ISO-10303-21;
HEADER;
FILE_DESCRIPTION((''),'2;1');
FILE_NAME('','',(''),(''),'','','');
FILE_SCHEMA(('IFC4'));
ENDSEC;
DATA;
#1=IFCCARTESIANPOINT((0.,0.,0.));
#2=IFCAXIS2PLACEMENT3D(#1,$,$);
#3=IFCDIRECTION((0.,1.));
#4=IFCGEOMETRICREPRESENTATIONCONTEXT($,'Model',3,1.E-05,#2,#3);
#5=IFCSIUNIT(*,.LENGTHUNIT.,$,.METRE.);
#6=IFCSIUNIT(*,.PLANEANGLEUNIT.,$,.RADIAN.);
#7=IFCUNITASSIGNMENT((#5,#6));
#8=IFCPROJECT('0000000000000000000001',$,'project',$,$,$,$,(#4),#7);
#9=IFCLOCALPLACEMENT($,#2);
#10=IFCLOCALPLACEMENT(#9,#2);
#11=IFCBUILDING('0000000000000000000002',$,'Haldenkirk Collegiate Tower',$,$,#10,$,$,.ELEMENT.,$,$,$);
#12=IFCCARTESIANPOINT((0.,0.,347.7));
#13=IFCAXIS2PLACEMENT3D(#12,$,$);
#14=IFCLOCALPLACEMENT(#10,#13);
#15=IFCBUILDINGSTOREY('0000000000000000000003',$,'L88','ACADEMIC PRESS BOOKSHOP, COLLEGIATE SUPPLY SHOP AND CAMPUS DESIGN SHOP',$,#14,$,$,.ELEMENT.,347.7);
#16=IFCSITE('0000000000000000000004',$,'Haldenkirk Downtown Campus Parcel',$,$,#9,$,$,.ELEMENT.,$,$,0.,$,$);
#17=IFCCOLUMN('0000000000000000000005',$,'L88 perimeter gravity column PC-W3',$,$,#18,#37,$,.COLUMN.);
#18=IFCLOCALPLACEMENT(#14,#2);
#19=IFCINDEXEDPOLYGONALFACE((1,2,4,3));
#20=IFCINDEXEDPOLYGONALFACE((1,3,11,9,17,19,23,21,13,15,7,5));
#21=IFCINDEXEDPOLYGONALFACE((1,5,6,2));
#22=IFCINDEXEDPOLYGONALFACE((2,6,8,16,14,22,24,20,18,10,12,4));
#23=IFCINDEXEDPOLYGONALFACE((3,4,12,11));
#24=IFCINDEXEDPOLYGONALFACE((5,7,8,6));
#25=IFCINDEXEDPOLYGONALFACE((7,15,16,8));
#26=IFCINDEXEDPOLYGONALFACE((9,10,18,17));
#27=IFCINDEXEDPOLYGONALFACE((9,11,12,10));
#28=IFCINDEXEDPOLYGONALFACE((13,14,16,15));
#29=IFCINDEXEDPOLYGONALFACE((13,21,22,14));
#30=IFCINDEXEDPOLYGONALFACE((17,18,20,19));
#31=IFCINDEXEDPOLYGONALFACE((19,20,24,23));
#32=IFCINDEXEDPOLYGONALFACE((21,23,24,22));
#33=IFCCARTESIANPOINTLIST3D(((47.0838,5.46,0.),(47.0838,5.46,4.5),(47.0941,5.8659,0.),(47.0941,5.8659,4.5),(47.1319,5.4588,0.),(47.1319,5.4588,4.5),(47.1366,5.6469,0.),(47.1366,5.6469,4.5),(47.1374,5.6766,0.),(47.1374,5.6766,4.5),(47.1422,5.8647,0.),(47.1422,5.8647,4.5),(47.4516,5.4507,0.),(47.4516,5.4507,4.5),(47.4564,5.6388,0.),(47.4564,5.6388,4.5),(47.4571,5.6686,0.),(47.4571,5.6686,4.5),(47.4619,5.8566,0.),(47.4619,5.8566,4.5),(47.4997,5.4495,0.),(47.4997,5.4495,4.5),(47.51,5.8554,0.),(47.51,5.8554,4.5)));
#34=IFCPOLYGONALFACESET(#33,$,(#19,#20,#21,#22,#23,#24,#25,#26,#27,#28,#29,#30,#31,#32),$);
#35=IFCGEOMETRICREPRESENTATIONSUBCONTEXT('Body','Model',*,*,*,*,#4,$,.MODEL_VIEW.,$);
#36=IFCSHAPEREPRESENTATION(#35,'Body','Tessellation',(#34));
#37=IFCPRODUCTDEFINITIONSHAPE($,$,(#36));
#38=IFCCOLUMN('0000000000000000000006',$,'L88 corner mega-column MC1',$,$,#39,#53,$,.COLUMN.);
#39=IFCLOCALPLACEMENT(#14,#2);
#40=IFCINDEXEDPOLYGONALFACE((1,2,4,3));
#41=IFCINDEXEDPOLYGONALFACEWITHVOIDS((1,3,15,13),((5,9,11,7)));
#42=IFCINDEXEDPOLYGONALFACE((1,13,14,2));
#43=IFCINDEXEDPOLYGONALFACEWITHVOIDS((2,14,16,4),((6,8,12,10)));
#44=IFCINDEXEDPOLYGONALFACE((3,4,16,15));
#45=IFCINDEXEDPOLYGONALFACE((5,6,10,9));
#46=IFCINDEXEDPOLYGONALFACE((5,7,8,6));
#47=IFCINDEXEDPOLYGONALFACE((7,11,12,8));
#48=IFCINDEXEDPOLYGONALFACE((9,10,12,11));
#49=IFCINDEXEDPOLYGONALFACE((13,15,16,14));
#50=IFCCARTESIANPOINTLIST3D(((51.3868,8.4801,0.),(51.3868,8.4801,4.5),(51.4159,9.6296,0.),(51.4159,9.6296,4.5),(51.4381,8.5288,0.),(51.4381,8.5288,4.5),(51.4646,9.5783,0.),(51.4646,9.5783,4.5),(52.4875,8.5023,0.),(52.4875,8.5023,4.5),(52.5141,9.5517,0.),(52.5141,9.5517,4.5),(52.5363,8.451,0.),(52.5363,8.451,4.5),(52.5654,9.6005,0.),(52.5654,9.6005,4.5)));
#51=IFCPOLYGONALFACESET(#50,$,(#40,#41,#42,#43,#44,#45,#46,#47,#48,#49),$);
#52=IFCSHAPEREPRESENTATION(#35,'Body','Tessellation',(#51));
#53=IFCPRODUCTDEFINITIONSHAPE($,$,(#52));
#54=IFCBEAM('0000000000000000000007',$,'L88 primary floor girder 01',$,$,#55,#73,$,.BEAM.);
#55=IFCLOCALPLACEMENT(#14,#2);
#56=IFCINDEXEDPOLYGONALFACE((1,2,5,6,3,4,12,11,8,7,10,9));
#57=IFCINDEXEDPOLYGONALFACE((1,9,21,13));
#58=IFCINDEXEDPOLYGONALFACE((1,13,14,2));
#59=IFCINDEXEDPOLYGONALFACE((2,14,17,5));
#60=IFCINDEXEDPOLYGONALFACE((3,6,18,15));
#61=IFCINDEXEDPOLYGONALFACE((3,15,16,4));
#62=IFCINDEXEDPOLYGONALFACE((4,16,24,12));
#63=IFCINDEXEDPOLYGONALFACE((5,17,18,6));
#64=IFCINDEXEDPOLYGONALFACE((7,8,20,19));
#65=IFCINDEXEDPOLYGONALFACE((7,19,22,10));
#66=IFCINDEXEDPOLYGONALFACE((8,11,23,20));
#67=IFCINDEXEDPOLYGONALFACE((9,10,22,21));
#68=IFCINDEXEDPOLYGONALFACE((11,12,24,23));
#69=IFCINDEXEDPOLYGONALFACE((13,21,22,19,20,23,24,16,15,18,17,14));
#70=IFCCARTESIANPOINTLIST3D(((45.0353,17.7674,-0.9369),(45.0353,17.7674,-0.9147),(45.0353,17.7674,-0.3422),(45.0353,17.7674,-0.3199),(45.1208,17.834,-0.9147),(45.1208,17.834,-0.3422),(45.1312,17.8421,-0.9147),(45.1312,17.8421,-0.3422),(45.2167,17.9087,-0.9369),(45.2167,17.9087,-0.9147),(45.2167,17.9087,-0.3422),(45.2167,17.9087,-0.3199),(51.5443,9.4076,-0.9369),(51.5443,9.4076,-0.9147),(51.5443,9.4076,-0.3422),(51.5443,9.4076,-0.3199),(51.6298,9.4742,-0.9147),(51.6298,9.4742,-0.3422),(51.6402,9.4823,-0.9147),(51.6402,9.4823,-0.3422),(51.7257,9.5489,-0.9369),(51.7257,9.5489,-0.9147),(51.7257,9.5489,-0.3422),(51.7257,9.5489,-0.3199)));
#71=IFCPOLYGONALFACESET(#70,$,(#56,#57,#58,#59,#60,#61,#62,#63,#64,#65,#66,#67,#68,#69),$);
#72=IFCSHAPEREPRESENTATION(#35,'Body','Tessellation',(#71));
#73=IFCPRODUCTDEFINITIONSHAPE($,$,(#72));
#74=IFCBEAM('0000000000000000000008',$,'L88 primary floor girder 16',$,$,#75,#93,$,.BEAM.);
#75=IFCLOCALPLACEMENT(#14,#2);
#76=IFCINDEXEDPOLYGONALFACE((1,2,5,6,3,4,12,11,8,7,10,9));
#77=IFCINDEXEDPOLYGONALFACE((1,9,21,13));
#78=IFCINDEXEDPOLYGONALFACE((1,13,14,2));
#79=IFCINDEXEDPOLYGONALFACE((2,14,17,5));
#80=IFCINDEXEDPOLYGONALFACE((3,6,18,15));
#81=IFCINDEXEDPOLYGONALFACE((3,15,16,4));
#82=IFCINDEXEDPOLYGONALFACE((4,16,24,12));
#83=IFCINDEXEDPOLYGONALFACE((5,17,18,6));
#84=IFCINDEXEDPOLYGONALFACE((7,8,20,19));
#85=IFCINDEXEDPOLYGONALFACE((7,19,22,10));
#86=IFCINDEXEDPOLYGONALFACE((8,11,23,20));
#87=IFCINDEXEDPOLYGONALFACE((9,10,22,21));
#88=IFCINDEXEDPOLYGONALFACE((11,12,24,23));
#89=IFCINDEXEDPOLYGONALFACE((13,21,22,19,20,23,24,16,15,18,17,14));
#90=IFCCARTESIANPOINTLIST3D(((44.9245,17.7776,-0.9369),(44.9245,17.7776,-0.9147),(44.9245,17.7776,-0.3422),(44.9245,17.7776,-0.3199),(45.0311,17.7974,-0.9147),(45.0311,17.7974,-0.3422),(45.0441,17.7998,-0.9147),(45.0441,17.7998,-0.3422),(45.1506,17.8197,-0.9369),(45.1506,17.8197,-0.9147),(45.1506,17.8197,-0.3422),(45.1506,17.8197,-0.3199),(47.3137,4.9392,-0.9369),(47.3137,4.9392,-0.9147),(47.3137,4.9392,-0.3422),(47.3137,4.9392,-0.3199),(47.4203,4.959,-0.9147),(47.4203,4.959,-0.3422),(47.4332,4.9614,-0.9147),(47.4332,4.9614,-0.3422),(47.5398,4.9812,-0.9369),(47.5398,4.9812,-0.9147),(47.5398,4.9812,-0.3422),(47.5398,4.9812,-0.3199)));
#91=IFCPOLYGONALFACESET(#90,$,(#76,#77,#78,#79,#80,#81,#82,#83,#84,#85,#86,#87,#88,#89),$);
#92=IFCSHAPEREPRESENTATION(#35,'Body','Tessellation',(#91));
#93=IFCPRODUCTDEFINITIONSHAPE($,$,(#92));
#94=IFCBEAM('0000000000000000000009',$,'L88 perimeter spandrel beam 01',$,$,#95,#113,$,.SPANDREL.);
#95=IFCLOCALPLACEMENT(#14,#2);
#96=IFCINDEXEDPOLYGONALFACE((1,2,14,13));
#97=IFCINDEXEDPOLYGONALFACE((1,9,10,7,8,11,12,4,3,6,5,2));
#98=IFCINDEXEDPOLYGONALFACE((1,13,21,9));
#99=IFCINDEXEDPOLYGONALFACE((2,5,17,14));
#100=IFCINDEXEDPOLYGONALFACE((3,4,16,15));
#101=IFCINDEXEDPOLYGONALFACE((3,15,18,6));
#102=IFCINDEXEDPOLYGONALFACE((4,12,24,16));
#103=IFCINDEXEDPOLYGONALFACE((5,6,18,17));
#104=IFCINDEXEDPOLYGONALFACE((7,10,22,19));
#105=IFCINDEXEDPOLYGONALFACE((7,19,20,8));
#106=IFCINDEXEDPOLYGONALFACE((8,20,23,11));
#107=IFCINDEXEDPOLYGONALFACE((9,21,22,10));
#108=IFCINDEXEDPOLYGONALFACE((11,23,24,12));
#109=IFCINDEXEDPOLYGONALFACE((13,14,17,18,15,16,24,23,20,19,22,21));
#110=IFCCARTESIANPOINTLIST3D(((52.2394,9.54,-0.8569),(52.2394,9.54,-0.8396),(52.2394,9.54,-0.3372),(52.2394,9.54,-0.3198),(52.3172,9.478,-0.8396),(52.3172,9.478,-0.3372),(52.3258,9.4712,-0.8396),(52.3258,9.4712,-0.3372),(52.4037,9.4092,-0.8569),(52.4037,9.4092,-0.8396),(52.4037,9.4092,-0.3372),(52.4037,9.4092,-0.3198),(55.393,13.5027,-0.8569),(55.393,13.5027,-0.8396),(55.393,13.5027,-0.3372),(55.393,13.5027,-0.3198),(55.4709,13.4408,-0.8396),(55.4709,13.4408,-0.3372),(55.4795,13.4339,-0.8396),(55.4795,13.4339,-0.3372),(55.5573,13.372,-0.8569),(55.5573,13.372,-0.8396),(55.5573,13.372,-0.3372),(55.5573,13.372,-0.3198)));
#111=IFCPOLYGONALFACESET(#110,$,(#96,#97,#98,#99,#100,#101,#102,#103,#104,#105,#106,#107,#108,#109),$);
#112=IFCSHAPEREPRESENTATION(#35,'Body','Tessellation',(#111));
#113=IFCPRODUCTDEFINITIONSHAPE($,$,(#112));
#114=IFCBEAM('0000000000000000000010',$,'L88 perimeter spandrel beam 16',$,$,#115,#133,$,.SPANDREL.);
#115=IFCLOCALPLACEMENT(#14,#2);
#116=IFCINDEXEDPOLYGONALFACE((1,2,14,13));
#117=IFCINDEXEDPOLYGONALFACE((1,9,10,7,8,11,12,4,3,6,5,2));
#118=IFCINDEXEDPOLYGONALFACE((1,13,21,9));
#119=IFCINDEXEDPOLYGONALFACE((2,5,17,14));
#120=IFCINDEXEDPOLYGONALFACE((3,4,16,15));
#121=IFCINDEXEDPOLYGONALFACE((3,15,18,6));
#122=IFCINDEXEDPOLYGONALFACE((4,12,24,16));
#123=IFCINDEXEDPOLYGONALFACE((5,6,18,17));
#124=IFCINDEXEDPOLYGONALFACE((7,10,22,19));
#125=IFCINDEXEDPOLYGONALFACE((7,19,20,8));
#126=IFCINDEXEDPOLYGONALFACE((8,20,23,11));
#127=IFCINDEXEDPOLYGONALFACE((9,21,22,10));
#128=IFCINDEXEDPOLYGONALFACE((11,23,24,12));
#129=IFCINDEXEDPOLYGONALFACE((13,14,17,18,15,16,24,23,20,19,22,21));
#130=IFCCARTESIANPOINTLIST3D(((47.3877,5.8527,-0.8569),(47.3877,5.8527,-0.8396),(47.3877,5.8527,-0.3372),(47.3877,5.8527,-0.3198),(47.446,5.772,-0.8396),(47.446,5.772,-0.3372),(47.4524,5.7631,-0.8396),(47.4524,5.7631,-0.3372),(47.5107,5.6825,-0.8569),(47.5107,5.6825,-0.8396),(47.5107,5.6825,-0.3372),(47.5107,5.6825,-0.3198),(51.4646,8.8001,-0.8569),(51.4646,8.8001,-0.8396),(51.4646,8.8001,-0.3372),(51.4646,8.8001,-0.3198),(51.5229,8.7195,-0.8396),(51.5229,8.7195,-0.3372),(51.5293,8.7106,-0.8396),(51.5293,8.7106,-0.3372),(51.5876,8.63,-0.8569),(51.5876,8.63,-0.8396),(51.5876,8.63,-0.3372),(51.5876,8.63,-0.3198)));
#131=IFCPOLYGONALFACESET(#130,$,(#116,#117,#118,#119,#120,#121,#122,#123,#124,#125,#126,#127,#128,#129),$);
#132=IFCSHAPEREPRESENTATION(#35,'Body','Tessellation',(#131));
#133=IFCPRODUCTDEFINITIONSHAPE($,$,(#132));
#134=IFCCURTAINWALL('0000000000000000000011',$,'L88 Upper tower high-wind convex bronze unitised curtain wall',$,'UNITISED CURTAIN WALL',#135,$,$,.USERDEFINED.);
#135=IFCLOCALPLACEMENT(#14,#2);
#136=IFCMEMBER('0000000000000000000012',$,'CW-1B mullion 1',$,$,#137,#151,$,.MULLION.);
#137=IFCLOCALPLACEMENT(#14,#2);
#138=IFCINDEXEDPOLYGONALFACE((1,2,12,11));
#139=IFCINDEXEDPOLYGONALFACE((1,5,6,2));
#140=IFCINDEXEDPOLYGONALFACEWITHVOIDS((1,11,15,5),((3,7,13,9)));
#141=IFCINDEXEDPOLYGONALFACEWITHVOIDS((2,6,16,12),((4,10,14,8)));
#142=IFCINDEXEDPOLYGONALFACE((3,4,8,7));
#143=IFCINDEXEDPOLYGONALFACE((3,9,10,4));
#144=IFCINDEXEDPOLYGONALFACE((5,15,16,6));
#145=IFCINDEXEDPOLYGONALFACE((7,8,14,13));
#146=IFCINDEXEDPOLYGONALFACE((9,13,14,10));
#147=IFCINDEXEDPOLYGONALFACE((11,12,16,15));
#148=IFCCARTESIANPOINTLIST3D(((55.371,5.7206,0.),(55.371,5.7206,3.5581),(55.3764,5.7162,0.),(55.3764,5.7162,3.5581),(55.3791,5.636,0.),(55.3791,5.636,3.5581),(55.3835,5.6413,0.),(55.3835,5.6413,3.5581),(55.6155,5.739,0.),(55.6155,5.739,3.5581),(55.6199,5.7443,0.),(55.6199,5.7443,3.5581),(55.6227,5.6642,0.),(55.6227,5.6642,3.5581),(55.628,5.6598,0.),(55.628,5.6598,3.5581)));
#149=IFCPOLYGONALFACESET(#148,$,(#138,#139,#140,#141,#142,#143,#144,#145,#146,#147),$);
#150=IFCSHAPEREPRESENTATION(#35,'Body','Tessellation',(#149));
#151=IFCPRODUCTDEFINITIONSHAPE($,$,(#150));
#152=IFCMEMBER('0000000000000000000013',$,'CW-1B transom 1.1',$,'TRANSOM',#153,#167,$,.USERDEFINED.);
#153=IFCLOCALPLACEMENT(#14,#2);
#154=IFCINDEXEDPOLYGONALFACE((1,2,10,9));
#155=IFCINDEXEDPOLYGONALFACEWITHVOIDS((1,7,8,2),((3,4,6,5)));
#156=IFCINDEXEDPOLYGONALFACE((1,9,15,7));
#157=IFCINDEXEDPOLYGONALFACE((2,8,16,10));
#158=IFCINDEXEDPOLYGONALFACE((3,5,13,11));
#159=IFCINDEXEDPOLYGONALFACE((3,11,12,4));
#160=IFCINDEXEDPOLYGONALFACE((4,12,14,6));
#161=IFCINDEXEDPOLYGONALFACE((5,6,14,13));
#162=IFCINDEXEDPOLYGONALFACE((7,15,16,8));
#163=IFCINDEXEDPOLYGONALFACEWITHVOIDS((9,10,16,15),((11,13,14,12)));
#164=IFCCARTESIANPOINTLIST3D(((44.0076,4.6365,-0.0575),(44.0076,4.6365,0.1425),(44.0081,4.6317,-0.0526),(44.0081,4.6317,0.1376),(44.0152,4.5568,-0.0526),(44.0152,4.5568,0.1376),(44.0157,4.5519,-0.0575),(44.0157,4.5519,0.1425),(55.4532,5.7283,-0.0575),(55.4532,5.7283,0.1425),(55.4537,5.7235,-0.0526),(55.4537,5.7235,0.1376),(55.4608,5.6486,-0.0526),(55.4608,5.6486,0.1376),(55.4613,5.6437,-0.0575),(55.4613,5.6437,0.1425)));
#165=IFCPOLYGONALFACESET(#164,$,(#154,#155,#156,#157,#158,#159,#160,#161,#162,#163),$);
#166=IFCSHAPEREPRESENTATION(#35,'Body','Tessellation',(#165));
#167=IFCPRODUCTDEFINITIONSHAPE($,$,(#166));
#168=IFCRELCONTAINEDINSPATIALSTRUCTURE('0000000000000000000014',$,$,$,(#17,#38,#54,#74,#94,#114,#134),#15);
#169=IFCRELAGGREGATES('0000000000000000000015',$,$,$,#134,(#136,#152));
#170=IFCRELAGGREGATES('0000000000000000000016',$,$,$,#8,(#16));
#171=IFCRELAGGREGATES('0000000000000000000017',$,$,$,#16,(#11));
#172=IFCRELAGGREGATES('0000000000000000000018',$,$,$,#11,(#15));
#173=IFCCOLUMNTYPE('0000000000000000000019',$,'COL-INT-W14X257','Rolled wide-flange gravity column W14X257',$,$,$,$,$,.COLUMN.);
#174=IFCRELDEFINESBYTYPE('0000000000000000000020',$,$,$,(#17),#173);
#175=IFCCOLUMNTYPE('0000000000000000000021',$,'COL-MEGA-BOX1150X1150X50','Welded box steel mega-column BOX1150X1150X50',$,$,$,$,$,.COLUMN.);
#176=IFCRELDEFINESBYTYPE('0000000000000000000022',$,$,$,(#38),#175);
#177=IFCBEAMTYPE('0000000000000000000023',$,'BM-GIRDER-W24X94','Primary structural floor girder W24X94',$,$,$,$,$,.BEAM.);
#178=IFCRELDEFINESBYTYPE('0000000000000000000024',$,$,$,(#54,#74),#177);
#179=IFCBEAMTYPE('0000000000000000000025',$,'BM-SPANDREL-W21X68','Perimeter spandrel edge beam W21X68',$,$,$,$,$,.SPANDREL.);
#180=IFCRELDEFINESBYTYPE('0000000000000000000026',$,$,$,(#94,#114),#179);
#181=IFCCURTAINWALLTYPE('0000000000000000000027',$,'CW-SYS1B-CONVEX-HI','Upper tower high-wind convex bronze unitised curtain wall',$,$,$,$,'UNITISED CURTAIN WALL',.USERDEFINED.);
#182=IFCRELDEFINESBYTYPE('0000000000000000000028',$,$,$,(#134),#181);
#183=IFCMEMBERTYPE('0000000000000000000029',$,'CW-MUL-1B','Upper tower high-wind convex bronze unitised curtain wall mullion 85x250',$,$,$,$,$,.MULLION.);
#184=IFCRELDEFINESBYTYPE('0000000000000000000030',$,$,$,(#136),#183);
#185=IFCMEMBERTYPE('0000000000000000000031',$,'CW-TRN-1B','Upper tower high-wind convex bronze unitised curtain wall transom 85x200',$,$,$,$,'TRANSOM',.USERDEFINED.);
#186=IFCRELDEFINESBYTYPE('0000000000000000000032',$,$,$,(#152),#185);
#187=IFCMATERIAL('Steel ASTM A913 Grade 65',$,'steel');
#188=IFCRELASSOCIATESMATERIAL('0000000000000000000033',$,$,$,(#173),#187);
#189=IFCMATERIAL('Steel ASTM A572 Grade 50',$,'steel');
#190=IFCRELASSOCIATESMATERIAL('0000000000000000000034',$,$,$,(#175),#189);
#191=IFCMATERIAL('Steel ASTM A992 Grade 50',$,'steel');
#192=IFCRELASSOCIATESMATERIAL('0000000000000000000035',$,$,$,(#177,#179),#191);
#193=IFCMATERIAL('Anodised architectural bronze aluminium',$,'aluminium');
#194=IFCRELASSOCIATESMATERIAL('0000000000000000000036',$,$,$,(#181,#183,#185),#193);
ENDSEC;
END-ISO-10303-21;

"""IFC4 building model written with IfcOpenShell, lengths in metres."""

from ifc_helpers import new_model, si_unit, direction, frame, origin, origin_2d, place, context, subcontext, project, spatial, hollow_rectangle, i_section, extrude, material, material_profile, profile_set, type_object, element, aggregate, save


model = new_model("IFC4")

# Units and contexts
model_context = context("Model", 3, precision=1e-05, world=origin(), true_north=direction((0.0, 1.0)))
body_context = subcontext(model_context, "Body", "Model", "MODEL_VIEW")
ifc_project = project(units=[si_unit("LENGTHUNIT", "METRE"), si_unit("PLANEANGLEUNIT", "RADIAN")], contexts=[model_context])

# Site, building, storey
site_placement = place(None, origin())
site = spatial("IfcSite", under=ifc_project, at=site_placement, Name="Haldenkirk Downtown Campus Parcel", CompositionType="ELEMENT", RefElevation=0.0)
building_placement = place(site_placement, origin())
building = spatial("IfcBuilding", under=site, at=building_placement, Name="Haldenkirk Collegiate Tower", CompositionType="ELEMENT")
storey_placement = place(building_placement, frame((0.0, 0.0, 347.7)))
storey = spatial("IfcBuildingStorey", under=building, at=storey_placement, Name="L88", Description="ACADEMIC PRESS BOOKSHOP, COLLEGIATE SUPPLY SHOP AND CAMPUS DESIGN SHOP", CompositionType="ELEMENT", Elevation=347.7)

# Columns
ifc_material_1 = material(Name="Steel ASTM A913 Grade 65", Category="steel")
ifc_material_profile_1 = material_profile(ifc_material_1, i_section(OverallWidth=0.406, OverallDepth=0.416, WebThickness=0.0298, FlangeThickness=0.0481, at=origin_2d()), Name="W14X257")
ifc_profile_set_1 = profile_set([ifc_material_profile_1], Name="Steel ASTM A913 Grade 65")
column_type_1 = type_object("IfcColumnType", Name="COL-INT-W14X257", Description="Rolled wide-flange gravity column W14X257", PredefinedType="COLUMN", material=ifc_profile_set_1)
column_1_placement = place(storey_placement, frame((47.2969, 5.6577, 0.0), z_axis=(0.0, 0.0, 1.0), x_axis=(0.025305, 0.99968, 0.0)))
element("IfcColumn", 1, at=column_1_placement, inside=storey, type_object=column_type_1, Name="L88 perimeter gravity column PC-W3", PredefinedType="COLUMN", context=body_context, shape_type="SweptSolid", body=[
    extrude(i_section(OverallWidth=0.406, OverallDepth=0.416, WebThickness=0.0298, FlangeThickness=0.0481, at=origin_2d()), origin(), (0.0, 0.0, 1.0), 4.5),
])
ifc_material_2 = material(Name="Steel ASTM A572 Grade 50", Category="steel")
ifc_material_profile_2 = material_profile(ifc_material_2, hollow_rectangle(XDim=1.1499, YDim=1.1499, WallThickness=0.05, at=origin_2d()), Name="BOX1150X1150X50")
ifc_profile_set_2 = profile_set([ifc_material_profile_2], Name="Steel ASTM A572 Grade 50")
column_type_2 = type_object("IfcColumnType", Name="COL-MEGA-BOX1150X1150X50", Description="Welded box steel mega-column BOX1150X1150X50", PredefinedType="COLUMN", material=ifc_profile_set_2)
column_2_placement = place(storey_placement, frame((51.9761, 9.0403, 0.0), z_axis=(0.0, 0.0, 1.0), x_axis=(0.025305, 0.99968, 0.0)))
element("IfcColumn", 2, at=column_2_placement, inside=storey, type_object=column_type_2, Name="L88 corner mega-column MC1", PredefinedType="COLUMN", context=body_context, shape_type="SweptSolid", body=[
    extrude(hollow_rectangle(XDim=1.1499, YDim=1.1499, WallThickness=0.05, at=origin_2d()), origin(), (0.0, 0.0, 1.0), 4.5),
])

# Beams
ifc_material_3 = material(Name="Steel ASTM A992 Grade 50", Category="steel")
ifc_material_profile_3 = material_profile(ifc_material_3, i_section(OverallWidth=0.23, OverallDepth=0.6169, WebThickness=0.0132, FlangeThickness=0.0222, at=origin_2d()), Name="W24X94")
ifc_profile_set_3 = profile_set([ifc_material_profile_3], Name="Steel ASTM A992 Grade 50")
beam_type_1 = type_object("IfcBeamType", Name="BM-GIRDER-W24X94", Description="Primary structural floor girder W24X94", PredefinedType="BEAM", material=ifc_profile_set_3)
beam_1_placement = place(storey_placement, frame((51.635, 9.4783, -0.6284), z_axis=(-0.614347, 0.789036, 0.0), x_axis=(-0.789036, -0.614347, 0.0)))
element("IfcBeam", 3, at=beam_1_placement, inside=storey, type_object=beam_type_1, Name="L88 primary floor girder 01", PredefinedType="BEAM", context=body_context, shape_type="SweptSolid", body=[
    extrude(i_section(OverallWidth=0.23, OverallDepth=0.6169, WebThickness=0.0132, FlangeThickness=0.0222, at=origin_2d()), origin(), (0.0, 0.0, 1.0), 10.595),
])
beam_2_placement = place(storey_placement, frame((47.4268, 4.9602, -0.6284), z_axis=(-0.182954, 0.983121, 0.0), x_axis=(-0.983121, -0.182954, 0.0)))
element("IfcBeam", 4, at=beam_2_placement, inside=storey, type_object=beam_type_1, Name="L88 primary floor girder 16", PredefinedType="BEAM", context=body_context, shape_type="SweptSolid", body=[
    extrude(i_section(OverallWidth=0.23, OverallDepth=0.6169, WebThickness=0.0132, FlangeThickness=0.0222, at=origin_2d()), origin(), (0.0, 0.0, 1.0), 13.0588),
])
ifc_material_profile_4 = material_profile(ifc_material_3, i_section(OverallWidth=0.21, OverallDepth=0.5371, WebThickness=0.011, FlangeThickness=0.0173, at=origin_2d()), Name="W21X68")
ifc_profile_set_4 = profile_set([ifc_material_profile_4], Name="Steel ASTM A992 Grade 50")
beam_type_2 = type_object("IfcBeamType", Name="BM-SPANDREL-W21X68", Description="Perimeter spandrel edge beam W21X68", PredefinedType="SPANDREL", material=ifc_profile_set_4)
beam_3_placement = place(storey_placement, frame((52.3215, 9.4746, -0.5884), z_axis=(0.6227, 0.782461, 0.0), x_axis=(-0.782461, 0.6227, 0.0)))
element("IfcBeam", 5, at=beam_3_placement, inside=storey, type_object=beam_type_2, Name="L88 perimeter spandrel beam 01", PredefinedType="SPANDREL", context=body_context, shape_type="SweptSolid", body=[
    extrude(i_section(OverallWidth=0.21, OverallDepth=0.5371, WebThickness=0.011, FlangeThickness=0.0173, at=origin_2d()), origin(), (0.0, 0.0, 1.0), 5.0645),
])
beam_4_placement = place(storey_placement, frame((47.4492, 5.7676, -0.5884), z_axis=(0.810389, 0.585893, 0.0), x_axis=(-0.585893, 0.810389, 0.0)))
element("IfcBeam", 6, at=beam_4_placement, inside=storey, type_object=beam_type_2, Name="L88 perimeter spandrel beam 16", PredefinedType="SPANDREL", context=body_context, shape_type="SweptSolid", body=[
    extrude(i_section(OverallWidth=0.21, OverallDepth=0.5371, WebThickness=0.011, FlangeThickness=0.0173, at=origin_2d()), origin(), (0.0, 0.0, 1.0), 5.0308),
])

# Curtain wall, members
ifc_material_4 = material(Name="Anodised architectural bronze aluminium", Category="aluminium")
curtain_wall_type = type_object("IfcCurtainWallType", Name="CW-SYS1B-CONVEX-HI", Description="Upper tower high-wind convex bronze unitised curtain wall", ElementType="UNITISED CURTAIN WALL", PredefinedType="USERDEFINED", material=ifc_material_4)
curtain_wall_placement = place(storey_placement, origin())
curtain_wall = element("IfcCurtainWall", 7, at=curtain_wall_placement, inside=storey, type_object=curtain_wall_type, Name="L88 Upper tower high-wind convex bronze unitised curtain wall", ObjectType="UNITISED CURTAIN WALL", PredefinedType="USERDEFINED")
ifc_material_profile_5 = material_profile(ifc_material_4, hollow_rectangle(XDim=0.085, YDim=0.25, WallThickness=0.0049, at=origin_2d()), Name="CW-MUL-1B")
ifc_profile_set_5 = profile_set([ifc_material_profile_5], Name="Anodised architectural bronze aluminium")
member_type_1 = type_object("IfcMemberType", Name="CW-MUL-1B", Description="Upper tower high-wind convex bronze unitised curtain wall mullion 85x250", PredefinedType="MULLION", material=ifc_profile_set_5)
member_1_placement = place(storey_placement, frame((55.4995, 5.6902, 0.0), z_axis=(0.0, 0.0, 1.0), x_axis=(0.094973, -0.99548, 0.0)))
member_1 = element("IfcMember", 8, at=member_1_placement, type_object=member_type_1, Name="CW-1B mullion 1", PredefinedType="MULLION", context=body_context, shape_type="SweptSolid", body=[
    extrude(hollow_rectangle(XDim=0.085, YDim=0.25, WallThickness=0.0049, at=origin_2d()), origin(), (0.0, 0.0, 1.0), 3.5581),
])
ifc_material_profile_6 = material_profile(ifc_material_4, hollow_rectangle(XDim=0.085, YDim=0.2, WallThickness=0.0049, at=origin_2d()), Name="CW-TRN-1B")
ifc_profile_set_6 = profile_set([ifc_material_profile_6], Name="Anodised architectural bronze aluminium")
member_type_2 = type_object("IfcMemberType", Name="CW-TRN-1B", Description="Upper tower high-wind convex bronze unitised curtain wall transom 85x200", ElementType="TRANSOM", PredefinedType="USERDEFINED", material=ifc_profile_set_6)
member_2_placement = place(storey_placement, frame((55.4573, 5.686, 0.0425), z_axis=(-0.995481, -0.094959, 0.0), x_axis=(0.094959, -0.995481, 0.0)))
member_2 = element("IfcMember", 9, at=member_2_placement, type_object=member_type_2, Name="CW-1B transom 1.1", ObjectType="TRANSOM", PredefinedType="USERDEFINED", context=body_context, shape_type="SweptSolid", body=[
    extrude(hollow_rectangle(XDim=0.085, YDim=0.2, WallThickness=0.0049, at=origin_2d()), origin(), (0.0, 0.0, 1.0), 11.4976),
])
aggregate(curtain_wall, [member_1, member_2])

save(model, "model.ifc")
